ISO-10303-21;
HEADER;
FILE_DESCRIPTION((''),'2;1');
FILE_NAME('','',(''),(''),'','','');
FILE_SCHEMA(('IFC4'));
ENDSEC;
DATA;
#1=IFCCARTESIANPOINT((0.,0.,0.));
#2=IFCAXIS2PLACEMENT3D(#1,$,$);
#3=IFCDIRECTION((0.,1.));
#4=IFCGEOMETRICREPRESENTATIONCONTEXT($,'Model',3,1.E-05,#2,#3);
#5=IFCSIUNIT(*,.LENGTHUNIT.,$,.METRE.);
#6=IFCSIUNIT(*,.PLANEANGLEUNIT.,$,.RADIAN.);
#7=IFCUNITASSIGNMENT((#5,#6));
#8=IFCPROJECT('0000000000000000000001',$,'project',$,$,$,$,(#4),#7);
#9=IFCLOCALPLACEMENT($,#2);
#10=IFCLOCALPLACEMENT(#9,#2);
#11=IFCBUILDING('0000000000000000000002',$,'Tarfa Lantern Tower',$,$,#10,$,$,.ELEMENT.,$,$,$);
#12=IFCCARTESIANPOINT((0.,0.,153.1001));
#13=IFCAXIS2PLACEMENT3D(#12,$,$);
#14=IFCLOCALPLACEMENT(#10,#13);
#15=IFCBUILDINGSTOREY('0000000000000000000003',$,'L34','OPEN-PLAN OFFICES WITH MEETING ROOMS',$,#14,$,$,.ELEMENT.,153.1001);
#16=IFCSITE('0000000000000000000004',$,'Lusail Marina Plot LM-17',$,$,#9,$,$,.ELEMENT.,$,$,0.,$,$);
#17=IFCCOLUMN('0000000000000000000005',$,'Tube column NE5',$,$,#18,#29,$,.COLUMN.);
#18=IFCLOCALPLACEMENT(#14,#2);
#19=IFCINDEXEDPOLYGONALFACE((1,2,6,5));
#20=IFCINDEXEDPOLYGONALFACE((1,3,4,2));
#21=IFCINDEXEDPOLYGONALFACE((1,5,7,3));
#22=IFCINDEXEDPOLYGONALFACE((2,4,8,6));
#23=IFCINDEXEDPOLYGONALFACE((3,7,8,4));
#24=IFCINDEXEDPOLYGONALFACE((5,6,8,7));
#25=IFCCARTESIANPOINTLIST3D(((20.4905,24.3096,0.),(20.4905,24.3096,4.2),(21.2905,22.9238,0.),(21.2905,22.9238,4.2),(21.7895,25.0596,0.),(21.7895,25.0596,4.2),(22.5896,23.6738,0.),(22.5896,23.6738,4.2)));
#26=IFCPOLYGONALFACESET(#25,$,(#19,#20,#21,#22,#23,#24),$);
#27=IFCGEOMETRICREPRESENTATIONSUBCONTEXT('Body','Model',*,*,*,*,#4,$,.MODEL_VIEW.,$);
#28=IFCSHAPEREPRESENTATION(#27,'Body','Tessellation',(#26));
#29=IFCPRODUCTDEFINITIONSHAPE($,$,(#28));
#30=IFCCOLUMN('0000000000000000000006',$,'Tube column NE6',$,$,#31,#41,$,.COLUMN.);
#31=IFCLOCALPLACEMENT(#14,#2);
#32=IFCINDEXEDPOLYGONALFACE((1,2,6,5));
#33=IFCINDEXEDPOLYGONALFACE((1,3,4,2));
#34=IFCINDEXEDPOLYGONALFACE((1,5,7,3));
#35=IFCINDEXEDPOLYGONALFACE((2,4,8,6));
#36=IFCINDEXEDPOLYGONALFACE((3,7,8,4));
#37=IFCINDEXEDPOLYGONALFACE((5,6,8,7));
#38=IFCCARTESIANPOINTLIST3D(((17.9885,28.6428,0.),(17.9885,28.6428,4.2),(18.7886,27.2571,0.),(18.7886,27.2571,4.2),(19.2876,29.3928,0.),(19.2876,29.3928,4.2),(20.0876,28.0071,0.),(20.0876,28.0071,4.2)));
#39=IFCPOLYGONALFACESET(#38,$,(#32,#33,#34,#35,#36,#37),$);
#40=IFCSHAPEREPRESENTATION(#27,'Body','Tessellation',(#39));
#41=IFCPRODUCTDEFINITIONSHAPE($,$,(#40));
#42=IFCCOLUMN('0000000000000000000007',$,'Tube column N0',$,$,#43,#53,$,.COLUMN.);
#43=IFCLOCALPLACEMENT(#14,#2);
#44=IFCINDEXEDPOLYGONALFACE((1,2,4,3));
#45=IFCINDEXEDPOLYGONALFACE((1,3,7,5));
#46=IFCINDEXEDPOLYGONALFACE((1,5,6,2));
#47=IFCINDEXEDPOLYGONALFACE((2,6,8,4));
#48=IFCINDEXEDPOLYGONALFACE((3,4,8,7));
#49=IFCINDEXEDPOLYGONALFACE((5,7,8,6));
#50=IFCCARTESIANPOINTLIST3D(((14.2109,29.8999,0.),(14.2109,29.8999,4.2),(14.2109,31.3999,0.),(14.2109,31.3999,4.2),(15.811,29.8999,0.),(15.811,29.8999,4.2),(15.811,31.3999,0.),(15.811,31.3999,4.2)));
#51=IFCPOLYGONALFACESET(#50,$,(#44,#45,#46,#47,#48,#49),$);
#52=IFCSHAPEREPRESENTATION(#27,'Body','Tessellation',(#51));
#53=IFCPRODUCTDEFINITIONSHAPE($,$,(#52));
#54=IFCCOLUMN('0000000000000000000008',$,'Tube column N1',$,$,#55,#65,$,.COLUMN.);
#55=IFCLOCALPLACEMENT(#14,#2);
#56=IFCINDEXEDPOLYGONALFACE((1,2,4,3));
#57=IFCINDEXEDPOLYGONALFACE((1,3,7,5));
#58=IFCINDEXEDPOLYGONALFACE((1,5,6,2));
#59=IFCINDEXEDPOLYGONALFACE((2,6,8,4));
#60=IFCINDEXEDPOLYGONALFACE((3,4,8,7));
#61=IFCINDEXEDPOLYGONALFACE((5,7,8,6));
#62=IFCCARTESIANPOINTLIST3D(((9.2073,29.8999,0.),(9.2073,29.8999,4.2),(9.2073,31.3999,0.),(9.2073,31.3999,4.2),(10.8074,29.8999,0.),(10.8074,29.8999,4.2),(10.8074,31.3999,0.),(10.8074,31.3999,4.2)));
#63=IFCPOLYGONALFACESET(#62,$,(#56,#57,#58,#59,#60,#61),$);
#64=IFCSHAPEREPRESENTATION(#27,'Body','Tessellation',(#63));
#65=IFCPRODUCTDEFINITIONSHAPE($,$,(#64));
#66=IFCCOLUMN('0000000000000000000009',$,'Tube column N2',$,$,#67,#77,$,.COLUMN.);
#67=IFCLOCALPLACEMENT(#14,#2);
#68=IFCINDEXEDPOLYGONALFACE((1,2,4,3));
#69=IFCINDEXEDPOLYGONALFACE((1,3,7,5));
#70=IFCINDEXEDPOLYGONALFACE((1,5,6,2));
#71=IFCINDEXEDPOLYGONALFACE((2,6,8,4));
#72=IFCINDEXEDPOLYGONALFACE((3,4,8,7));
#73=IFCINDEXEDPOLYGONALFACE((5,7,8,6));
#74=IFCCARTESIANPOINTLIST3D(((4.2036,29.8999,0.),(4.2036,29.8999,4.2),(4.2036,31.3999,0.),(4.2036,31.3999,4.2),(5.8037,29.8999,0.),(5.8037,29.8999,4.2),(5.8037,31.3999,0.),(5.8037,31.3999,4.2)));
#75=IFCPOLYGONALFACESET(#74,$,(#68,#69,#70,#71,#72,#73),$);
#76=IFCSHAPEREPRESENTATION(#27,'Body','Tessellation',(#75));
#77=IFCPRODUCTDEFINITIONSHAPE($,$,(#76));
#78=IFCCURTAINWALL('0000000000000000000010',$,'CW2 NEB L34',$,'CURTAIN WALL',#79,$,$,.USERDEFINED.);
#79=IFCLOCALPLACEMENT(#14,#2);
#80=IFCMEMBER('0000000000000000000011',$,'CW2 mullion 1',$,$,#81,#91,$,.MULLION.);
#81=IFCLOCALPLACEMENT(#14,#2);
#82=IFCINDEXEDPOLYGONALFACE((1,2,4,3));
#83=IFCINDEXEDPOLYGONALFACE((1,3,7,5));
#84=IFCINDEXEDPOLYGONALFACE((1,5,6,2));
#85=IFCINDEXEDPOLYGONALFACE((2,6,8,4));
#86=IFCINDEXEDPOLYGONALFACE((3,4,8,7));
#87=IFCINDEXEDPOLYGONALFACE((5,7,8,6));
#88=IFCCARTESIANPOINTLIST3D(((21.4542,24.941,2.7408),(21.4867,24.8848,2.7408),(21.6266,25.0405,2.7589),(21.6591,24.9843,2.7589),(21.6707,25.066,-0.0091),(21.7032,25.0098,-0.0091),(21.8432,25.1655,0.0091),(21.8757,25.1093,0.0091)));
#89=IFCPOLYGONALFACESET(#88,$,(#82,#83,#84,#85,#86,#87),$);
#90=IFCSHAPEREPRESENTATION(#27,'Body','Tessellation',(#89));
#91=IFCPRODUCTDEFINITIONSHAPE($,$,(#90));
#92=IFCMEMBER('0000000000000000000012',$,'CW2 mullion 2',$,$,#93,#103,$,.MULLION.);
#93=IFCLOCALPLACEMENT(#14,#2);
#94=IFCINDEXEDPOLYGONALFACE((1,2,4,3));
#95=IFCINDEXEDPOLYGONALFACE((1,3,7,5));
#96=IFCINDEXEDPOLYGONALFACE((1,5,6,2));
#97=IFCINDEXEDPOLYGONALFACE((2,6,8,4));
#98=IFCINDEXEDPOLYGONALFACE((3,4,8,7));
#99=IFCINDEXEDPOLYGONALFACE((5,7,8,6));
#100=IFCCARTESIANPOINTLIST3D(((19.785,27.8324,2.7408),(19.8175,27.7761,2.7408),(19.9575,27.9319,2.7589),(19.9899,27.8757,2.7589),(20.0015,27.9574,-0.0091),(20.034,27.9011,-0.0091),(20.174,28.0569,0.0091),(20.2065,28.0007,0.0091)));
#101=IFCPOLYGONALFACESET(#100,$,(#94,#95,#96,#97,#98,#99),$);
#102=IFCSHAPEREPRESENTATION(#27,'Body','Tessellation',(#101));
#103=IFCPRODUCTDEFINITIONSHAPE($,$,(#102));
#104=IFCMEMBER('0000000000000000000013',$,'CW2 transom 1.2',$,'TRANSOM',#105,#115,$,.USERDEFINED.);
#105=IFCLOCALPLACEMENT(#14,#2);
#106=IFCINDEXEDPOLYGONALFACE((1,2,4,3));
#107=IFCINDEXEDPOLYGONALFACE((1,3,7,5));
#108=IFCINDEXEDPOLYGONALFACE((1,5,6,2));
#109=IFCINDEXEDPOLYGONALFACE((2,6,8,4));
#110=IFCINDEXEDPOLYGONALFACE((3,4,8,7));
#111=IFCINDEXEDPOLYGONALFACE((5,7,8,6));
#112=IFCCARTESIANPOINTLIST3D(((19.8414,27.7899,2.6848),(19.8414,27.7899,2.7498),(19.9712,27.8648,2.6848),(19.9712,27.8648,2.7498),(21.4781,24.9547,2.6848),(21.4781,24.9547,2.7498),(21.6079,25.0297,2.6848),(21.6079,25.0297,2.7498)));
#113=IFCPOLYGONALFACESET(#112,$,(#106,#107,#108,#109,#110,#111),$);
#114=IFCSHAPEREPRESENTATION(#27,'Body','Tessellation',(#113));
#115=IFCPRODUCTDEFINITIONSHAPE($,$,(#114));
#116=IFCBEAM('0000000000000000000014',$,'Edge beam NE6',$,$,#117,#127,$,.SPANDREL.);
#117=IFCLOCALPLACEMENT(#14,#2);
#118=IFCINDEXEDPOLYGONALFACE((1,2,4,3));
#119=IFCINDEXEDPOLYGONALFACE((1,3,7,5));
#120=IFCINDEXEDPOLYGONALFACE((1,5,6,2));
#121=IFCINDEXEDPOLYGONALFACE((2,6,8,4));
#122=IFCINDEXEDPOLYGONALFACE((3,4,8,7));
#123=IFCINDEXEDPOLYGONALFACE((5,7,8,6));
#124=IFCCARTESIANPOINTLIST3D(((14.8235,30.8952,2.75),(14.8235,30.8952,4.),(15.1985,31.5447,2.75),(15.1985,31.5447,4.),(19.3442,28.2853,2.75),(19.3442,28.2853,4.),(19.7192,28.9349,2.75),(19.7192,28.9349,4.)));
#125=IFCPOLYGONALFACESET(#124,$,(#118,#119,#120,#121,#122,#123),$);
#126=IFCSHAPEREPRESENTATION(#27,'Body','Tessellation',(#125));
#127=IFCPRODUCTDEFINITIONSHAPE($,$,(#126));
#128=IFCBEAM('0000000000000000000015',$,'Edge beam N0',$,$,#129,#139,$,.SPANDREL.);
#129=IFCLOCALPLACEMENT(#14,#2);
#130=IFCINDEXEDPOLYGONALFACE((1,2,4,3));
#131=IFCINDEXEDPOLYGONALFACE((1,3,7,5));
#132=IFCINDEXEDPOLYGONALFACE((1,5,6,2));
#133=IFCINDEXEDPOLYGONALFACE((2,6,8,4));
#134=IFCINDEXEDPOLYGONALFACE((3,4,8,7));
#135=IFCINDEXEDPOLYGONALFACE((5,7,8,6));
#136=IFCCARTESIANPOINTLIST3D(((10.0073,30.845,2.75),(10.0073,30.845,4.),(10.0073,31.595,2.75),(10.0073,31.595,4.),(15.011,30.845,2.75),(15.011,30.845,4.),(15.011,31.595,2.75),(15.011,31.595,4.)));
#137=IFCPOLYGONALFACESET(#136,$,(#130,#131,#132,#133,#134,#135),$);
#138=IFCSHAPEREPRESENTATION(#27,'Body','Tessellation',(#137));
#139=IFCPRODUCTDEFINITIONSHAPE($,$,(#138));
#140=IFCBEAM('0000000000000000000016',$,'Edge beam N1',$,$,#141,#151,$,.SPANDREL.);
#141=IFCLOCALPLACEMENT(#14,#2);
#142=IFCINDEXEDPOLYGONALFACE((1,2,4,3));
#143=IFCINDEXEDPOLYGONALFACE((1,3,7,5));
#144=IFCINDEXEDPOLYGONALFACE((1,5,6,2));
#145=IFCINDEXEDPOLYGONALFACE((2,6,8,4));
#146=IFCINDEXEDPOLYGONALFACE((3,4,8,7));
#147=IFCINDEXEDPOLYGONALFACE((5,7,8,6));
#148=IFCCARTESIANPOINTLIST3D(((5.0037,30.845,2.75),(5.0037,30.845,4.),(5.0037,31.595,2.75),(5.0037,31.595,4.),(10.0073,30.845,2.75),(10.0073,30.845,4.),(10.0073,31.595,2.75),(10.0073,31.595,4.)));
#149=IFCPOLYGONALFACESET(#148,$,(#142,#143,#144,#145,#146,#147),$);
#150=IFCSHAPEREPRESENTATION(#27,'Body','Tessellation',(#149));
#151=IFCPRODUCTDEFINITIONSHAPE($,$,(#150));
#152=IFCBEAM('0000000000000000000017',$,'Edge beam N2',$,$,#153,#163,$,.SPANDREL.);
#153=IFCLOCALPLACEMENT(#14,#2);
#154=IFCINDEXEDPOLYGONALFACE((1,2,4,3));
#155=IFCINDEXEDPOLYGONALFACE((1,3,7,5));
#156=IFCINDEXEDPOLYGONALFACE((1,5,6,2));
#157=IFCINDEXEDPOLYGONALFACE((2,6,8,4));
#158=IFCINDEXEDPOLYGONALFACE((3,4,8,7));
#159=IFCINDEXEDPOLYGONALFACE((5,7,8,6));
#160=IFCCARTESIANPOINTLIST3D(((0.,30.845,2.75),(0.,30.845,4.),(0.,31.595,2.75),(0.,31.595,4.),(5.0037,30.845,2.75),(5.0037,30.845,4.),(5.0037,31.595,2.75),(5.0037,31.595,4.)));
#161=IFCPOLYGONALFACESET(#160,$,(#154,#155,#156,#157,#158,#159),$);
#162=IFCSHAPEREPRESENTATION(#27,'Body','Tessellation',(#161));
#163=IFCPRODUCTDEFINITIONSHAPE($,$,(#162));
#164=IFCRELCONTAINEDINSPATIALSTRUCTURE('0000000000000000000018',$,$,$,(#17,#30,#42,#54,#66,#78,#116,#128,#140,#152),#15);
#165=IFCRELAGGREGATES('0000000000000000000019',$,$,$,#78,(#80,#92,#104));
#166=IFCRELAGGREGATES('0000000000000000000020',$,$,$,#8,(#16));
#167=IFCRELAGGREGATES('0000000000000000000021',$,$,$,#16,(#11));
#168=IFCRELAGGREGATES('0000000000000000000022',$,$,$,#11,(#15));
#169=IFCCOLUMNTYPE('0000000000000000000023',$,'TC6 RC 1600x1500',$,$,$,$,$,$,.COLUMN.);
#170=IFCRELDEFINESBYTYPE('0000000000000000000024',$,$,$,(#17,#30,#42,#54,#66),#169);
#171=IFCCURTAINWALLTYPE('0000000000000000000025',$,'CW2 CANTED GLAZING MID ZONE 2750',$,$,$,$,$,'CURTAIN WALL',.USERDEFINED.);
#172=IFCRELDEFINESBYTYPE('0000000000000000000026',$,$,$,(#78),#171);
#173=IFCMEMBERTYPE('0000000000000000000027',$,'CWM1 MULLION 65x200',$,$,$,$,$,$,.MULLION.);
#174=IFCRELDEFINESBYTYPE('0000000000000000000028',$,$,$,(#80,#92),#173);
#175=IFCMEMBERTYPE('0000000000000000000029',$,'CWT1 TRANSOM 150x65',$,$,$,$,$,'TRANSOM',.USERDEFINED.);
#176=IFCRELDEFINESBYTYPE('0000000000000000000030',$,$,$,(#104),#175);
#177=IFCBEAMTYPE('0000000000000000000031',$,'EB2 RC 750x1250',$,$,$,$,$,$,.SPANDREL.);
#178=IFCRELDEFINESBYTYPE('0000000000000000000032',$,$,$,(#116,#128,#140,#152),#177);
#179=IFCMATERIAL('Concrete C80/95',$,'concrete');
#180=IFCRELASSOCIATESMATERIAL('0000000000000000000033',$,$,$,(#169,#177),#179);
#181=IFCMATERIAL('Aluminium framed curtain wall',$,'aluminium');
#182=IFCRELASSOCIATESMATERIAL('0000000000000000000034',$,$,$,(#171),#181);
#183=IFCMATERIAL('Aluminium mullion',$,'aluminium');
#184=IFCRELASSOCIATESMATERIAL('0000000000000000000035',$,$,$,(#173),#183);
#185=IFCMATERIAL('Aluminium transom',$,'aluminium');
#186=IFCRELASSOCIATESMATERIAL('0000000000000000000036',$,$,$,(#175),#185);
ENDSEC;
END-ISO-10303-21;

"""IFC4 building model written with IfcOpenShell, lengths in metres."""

from ifc_helpers import new_model, si_unit, direction, frame, origin, origin_2d, place, context, subcontext, project, spatial, rectangle, extrude, material, material_profile, profile_set, type_object, element, aggregate, save


model = new_model("IFC4")

# Units and contexts
model_context = context("Model", 3, precision=1e-05, world=origin(), true_north=direction((0.0, 1.0)))
body_context = subcontext(model_context, "Body", "Model", "MODEL_VIEW")
ifc_project = project(units=[si_unit("LENGTHUNIT", "METRE"), si_unit("PLANEANGLEUNIT", "RADIAN")], contexts=[model_context])

# Site, building, storey
site_placement = place(None, origin())
site = spatial("IfcSite", under=ifc_project, at=site_placement, Name="Lusail Marina Plot LM-17", CompositionType="ELEMENT", RefElevation=0.0)
building_placement = place(site_placement, origin())
building = spatial("IfcBuilding", under=site, at=building_placement, Name="Tarfa Lantern Tower", CompositionType="ELEMENT")
storey_placement = place(building_placement, frame((0.0, 0.0, 153.1001)))
storey = spatial("IfcBuildingStorey", under=building, at=storey_placement, Name="L34", Description="OPEN-PLAN OFFICES WITH MEETING ROOMS", CompositionType="ELEMENT", Elevation=153.1001)

# Columns
ifc_material_1 = material(Name="Concrete C80/95", Category="concrete")
ifc_material_profile_1 = material_profile(ifc_material_1, rectangle(XDim=1.6001, YDim=1.5, at=origin_2d()), Name="RC 1600x1500")
ifc_profile_set_1 = profile_set([ifc_material_profile_1], Name="Concrete C80/95")
column_type = type_object("IfcColumnType", Name="TC6 RC 1600x1500", PredefinedType="COLUMN", material=ifc_profile_set_1)
for number, where, z_axis, x_axis, name in (
    (1, (21.54, 23.9917, 0.0), (0.0, 0.0, 1.0), (-0.5, 0.866025, 0.0), "Tube column NE5"),
    (2, (19.0381, 28.325, 0.0), (0.0, 0.0, 1.0), (-0.5, 0.866025, 0.0), "Tube column NE6"),
    (3, (15.011, 30.6499, 0.0), (0.0, 0.0, 1.0), (-1.0, 0.0, 0.0), "Tube column N0"),
    (4, (10.0073, 30.6499, 0.0), (0.0, 0.0, 1.0), (-1.0, 0.0, 0.0), "Tube column N1"),
    (5, (5.0037, 30.6499, 0.0), (0.0, 0.0, 1.0), (-1.0, 0.0, 0.0), "Tube column N2"),
):
    element("IfcColumn", number, at=place(storey_placement, frame(where, z_axis=z_axis, x_axis=x_axis)), inside=storey, type_object=column_type, Name=name, PredefinedType="COLUMN", context=body_context, shape_type="SweptSolid", body=[
        extrude(rectangle(XDim=1.6001, YDim=1.5, at=origin_2d()), origin(), (0.0, 0.0, 1.0), 4.2),
    ])

# Curtain wall, members
ifc_material_2 = material(Name="Aluminium framed curtain wall", Category="aluminium")
curtain_wall_type = type_object("IfcCurtainWallType", Name="CW2 CANTED GLAZING MID ZONE 2750", ElementType="CURTAIN WALL", PredefinedType="USERDEFINED", material=ifc_material_2)
curtain_wall_placement = place(storey_placement, origin())
curtain_wall = element("IfcCurtainWall", 6, at=curtain_wall_placement, inside=storey, type_object=curtain_wall_type, Name="CW2 NEB L34", ObjectType="CURTAIN WALL", PredefinedType="USERDEFINED")
ifc_material_3 = material(Name="Aluminium mullion", Category="aluminium")
ifc_material_profile_2 = material_profile(ifc_material_3, rectangle(XDim=0.0649, YDim=0.2, at=origin_2d()), Name="AL MULLION 65x200")
ifc_profile_set_2 = profile_set([ifc_material_profile_2], Name="Aluminium mullion")
member_type_1 = type_object("IfcMemberType", Name="CWM1 MULLION 65x200", PredefinedType="MULLION", material=ifc_profile_set_2)
member_1_placement = place(storey_placement, frame((21.7732, 25.0876, 0.0), z_axis=(-0.078423, -0.045268, 0.995892), x_axis=(0.49992, -0.866072, 0.0)))
member_1 = element("IfcMember", 7, at=member_1_placement, type_object=member_type_1, Name="CW2 mullion 1", PredefinedType="MULLION", context=body_context, shape_type="SweptSolid", body=[
    extrude(rectangle(XDim=0.0649, YDim=0.2, at=origin_2d()), origin(), (0.0, 0.0, 1.0), 2.7612),
])
member_2_placement = place(storey_placement, frame((20.104, 27.979, 0.0), z_axis=(-0.078423, -0.045268, 0.995892), x_axis=(0.49992, -0.866072, 0.0)))
member_2 = element("IfcMember", 8, at=member_2_placement, type_object=member_type_1, Name="CW2 mullion 2", PredefinedType="MULLION", context=body_context, shape_type="SweptSolid", body=[
    extrude(rectangle(XDim=0.0649, YDim=0.2, at=origin_2d()), origin(), (0.0, 0.0, 1.0), 2.7612),
])
ifc_material_4 = material(Name="Aluminium transom", Category="aluminium")
ifc_material_profile_3 = material_profile(ifc_material_4, rectangle(XDim=0.1499, YDim=0.0649, at=origin_2d()), Name="AL TRANSOM 150x65")
ifc_profile_set_3 = profile_set([ifc_material_profile_3], Name="Aluminium transom")
member_type_2 = type_object("IfcMemberType", Name="CWT1 TRANSOM 150x65", ElementType="TRANSOM", PredefinedType="USERDEFINED", material=ifc_profile_set_3)
member_3_placement = place(storey_placement, frame((21.543, 24.9922, 2.7173), z_axis=(-0.499957, 0.86605, 0.0), x_axis=(-0.86605, -0.499957, 0.0)))
member_3 = element("IfcMember", 9, at=member_3_placement, type_object=member_type_2, Name="CW2 transom 1.2", ObjectType="TRANSOM", PredefinedType="USERDEFINED", context=body_context, shape_type="SweptSolid", body=[
    extrude(rectangle(XDim=0.1499, YDim=0.0649, at=origin_2d()), origin(), (0.0, 0.0, 1.0), 3.2737),
])

# Beams
ifc_material_profile_4 = material_profile(ifc_material_1, rectangle(XDim=0.75, YDim=1.25, at=origin_2d()), Name="RC 750x1250")
ifc_profile_set_4 = profile_set([ifc_material_profile_4], Name="Concrete C80/95")
beam_type_1 = type_object("IfcBeamType", Name="EB2 RC 750x1250", PredefinedType="SPANDREL", material=ifc_profile_set_4)
beam_1_placement = place(storey_placement, frame((19.5317, 28.6101, 3.375), z_axis=(-0.866042, 0.499972, 0.0), x_axis=(-0.499972, -0.866042, 0.0)))
element("IfcBeam", 10, at=beam_1_placement, inside=storey, type_object=beam_type_1, Name="Edge beam NE6", PredefinedType="SPANDREL", context=body_context, shape_type="SweptSolid", body=[
    extrude(rectangle(XDim=0.75, YDim=1.25, at=origin_2d()), origin(), (0.0, 0.0, 1.0), 5.22),
])
for number, where, z_axis, x_axis, name in (
    (11, (15.011, 31.22, 3.375), (-1.0, 0.0, 0.0), (0.0, -1.0, 0.0), "Edge beam N0"),
    (12, (10.0073, 31.22, 3.375), (-1.0, 0.0, 0.0), (0.0, -1.0, 0.0), "Edge beam N1"),
    (13, (5.0037, 31.22, 3.375), (-1.0, 0.0, 0.0), (0.0, -1.0, 0.0), "Edge beam N2"),
):
    element("IfcBeam", number, at=place(storey_placement, frame(where, z_axis=z_axis, x_axis=x_axis)), inside=storey, type_object=beam_type_1, Name=name, PredefinedType="SPANDREL", context=body_context, shape_type="SweptSolid", body=[
        extrude(rectangle(XDim=0.75, YDim=1.25, at=origin_2d()), origin(), (0.0, 0.0, 1.0), 5.0037),
    ])

aggregate(curtain_wall, [member_1, member_2, member_3])

save(model, "model.ifc")
